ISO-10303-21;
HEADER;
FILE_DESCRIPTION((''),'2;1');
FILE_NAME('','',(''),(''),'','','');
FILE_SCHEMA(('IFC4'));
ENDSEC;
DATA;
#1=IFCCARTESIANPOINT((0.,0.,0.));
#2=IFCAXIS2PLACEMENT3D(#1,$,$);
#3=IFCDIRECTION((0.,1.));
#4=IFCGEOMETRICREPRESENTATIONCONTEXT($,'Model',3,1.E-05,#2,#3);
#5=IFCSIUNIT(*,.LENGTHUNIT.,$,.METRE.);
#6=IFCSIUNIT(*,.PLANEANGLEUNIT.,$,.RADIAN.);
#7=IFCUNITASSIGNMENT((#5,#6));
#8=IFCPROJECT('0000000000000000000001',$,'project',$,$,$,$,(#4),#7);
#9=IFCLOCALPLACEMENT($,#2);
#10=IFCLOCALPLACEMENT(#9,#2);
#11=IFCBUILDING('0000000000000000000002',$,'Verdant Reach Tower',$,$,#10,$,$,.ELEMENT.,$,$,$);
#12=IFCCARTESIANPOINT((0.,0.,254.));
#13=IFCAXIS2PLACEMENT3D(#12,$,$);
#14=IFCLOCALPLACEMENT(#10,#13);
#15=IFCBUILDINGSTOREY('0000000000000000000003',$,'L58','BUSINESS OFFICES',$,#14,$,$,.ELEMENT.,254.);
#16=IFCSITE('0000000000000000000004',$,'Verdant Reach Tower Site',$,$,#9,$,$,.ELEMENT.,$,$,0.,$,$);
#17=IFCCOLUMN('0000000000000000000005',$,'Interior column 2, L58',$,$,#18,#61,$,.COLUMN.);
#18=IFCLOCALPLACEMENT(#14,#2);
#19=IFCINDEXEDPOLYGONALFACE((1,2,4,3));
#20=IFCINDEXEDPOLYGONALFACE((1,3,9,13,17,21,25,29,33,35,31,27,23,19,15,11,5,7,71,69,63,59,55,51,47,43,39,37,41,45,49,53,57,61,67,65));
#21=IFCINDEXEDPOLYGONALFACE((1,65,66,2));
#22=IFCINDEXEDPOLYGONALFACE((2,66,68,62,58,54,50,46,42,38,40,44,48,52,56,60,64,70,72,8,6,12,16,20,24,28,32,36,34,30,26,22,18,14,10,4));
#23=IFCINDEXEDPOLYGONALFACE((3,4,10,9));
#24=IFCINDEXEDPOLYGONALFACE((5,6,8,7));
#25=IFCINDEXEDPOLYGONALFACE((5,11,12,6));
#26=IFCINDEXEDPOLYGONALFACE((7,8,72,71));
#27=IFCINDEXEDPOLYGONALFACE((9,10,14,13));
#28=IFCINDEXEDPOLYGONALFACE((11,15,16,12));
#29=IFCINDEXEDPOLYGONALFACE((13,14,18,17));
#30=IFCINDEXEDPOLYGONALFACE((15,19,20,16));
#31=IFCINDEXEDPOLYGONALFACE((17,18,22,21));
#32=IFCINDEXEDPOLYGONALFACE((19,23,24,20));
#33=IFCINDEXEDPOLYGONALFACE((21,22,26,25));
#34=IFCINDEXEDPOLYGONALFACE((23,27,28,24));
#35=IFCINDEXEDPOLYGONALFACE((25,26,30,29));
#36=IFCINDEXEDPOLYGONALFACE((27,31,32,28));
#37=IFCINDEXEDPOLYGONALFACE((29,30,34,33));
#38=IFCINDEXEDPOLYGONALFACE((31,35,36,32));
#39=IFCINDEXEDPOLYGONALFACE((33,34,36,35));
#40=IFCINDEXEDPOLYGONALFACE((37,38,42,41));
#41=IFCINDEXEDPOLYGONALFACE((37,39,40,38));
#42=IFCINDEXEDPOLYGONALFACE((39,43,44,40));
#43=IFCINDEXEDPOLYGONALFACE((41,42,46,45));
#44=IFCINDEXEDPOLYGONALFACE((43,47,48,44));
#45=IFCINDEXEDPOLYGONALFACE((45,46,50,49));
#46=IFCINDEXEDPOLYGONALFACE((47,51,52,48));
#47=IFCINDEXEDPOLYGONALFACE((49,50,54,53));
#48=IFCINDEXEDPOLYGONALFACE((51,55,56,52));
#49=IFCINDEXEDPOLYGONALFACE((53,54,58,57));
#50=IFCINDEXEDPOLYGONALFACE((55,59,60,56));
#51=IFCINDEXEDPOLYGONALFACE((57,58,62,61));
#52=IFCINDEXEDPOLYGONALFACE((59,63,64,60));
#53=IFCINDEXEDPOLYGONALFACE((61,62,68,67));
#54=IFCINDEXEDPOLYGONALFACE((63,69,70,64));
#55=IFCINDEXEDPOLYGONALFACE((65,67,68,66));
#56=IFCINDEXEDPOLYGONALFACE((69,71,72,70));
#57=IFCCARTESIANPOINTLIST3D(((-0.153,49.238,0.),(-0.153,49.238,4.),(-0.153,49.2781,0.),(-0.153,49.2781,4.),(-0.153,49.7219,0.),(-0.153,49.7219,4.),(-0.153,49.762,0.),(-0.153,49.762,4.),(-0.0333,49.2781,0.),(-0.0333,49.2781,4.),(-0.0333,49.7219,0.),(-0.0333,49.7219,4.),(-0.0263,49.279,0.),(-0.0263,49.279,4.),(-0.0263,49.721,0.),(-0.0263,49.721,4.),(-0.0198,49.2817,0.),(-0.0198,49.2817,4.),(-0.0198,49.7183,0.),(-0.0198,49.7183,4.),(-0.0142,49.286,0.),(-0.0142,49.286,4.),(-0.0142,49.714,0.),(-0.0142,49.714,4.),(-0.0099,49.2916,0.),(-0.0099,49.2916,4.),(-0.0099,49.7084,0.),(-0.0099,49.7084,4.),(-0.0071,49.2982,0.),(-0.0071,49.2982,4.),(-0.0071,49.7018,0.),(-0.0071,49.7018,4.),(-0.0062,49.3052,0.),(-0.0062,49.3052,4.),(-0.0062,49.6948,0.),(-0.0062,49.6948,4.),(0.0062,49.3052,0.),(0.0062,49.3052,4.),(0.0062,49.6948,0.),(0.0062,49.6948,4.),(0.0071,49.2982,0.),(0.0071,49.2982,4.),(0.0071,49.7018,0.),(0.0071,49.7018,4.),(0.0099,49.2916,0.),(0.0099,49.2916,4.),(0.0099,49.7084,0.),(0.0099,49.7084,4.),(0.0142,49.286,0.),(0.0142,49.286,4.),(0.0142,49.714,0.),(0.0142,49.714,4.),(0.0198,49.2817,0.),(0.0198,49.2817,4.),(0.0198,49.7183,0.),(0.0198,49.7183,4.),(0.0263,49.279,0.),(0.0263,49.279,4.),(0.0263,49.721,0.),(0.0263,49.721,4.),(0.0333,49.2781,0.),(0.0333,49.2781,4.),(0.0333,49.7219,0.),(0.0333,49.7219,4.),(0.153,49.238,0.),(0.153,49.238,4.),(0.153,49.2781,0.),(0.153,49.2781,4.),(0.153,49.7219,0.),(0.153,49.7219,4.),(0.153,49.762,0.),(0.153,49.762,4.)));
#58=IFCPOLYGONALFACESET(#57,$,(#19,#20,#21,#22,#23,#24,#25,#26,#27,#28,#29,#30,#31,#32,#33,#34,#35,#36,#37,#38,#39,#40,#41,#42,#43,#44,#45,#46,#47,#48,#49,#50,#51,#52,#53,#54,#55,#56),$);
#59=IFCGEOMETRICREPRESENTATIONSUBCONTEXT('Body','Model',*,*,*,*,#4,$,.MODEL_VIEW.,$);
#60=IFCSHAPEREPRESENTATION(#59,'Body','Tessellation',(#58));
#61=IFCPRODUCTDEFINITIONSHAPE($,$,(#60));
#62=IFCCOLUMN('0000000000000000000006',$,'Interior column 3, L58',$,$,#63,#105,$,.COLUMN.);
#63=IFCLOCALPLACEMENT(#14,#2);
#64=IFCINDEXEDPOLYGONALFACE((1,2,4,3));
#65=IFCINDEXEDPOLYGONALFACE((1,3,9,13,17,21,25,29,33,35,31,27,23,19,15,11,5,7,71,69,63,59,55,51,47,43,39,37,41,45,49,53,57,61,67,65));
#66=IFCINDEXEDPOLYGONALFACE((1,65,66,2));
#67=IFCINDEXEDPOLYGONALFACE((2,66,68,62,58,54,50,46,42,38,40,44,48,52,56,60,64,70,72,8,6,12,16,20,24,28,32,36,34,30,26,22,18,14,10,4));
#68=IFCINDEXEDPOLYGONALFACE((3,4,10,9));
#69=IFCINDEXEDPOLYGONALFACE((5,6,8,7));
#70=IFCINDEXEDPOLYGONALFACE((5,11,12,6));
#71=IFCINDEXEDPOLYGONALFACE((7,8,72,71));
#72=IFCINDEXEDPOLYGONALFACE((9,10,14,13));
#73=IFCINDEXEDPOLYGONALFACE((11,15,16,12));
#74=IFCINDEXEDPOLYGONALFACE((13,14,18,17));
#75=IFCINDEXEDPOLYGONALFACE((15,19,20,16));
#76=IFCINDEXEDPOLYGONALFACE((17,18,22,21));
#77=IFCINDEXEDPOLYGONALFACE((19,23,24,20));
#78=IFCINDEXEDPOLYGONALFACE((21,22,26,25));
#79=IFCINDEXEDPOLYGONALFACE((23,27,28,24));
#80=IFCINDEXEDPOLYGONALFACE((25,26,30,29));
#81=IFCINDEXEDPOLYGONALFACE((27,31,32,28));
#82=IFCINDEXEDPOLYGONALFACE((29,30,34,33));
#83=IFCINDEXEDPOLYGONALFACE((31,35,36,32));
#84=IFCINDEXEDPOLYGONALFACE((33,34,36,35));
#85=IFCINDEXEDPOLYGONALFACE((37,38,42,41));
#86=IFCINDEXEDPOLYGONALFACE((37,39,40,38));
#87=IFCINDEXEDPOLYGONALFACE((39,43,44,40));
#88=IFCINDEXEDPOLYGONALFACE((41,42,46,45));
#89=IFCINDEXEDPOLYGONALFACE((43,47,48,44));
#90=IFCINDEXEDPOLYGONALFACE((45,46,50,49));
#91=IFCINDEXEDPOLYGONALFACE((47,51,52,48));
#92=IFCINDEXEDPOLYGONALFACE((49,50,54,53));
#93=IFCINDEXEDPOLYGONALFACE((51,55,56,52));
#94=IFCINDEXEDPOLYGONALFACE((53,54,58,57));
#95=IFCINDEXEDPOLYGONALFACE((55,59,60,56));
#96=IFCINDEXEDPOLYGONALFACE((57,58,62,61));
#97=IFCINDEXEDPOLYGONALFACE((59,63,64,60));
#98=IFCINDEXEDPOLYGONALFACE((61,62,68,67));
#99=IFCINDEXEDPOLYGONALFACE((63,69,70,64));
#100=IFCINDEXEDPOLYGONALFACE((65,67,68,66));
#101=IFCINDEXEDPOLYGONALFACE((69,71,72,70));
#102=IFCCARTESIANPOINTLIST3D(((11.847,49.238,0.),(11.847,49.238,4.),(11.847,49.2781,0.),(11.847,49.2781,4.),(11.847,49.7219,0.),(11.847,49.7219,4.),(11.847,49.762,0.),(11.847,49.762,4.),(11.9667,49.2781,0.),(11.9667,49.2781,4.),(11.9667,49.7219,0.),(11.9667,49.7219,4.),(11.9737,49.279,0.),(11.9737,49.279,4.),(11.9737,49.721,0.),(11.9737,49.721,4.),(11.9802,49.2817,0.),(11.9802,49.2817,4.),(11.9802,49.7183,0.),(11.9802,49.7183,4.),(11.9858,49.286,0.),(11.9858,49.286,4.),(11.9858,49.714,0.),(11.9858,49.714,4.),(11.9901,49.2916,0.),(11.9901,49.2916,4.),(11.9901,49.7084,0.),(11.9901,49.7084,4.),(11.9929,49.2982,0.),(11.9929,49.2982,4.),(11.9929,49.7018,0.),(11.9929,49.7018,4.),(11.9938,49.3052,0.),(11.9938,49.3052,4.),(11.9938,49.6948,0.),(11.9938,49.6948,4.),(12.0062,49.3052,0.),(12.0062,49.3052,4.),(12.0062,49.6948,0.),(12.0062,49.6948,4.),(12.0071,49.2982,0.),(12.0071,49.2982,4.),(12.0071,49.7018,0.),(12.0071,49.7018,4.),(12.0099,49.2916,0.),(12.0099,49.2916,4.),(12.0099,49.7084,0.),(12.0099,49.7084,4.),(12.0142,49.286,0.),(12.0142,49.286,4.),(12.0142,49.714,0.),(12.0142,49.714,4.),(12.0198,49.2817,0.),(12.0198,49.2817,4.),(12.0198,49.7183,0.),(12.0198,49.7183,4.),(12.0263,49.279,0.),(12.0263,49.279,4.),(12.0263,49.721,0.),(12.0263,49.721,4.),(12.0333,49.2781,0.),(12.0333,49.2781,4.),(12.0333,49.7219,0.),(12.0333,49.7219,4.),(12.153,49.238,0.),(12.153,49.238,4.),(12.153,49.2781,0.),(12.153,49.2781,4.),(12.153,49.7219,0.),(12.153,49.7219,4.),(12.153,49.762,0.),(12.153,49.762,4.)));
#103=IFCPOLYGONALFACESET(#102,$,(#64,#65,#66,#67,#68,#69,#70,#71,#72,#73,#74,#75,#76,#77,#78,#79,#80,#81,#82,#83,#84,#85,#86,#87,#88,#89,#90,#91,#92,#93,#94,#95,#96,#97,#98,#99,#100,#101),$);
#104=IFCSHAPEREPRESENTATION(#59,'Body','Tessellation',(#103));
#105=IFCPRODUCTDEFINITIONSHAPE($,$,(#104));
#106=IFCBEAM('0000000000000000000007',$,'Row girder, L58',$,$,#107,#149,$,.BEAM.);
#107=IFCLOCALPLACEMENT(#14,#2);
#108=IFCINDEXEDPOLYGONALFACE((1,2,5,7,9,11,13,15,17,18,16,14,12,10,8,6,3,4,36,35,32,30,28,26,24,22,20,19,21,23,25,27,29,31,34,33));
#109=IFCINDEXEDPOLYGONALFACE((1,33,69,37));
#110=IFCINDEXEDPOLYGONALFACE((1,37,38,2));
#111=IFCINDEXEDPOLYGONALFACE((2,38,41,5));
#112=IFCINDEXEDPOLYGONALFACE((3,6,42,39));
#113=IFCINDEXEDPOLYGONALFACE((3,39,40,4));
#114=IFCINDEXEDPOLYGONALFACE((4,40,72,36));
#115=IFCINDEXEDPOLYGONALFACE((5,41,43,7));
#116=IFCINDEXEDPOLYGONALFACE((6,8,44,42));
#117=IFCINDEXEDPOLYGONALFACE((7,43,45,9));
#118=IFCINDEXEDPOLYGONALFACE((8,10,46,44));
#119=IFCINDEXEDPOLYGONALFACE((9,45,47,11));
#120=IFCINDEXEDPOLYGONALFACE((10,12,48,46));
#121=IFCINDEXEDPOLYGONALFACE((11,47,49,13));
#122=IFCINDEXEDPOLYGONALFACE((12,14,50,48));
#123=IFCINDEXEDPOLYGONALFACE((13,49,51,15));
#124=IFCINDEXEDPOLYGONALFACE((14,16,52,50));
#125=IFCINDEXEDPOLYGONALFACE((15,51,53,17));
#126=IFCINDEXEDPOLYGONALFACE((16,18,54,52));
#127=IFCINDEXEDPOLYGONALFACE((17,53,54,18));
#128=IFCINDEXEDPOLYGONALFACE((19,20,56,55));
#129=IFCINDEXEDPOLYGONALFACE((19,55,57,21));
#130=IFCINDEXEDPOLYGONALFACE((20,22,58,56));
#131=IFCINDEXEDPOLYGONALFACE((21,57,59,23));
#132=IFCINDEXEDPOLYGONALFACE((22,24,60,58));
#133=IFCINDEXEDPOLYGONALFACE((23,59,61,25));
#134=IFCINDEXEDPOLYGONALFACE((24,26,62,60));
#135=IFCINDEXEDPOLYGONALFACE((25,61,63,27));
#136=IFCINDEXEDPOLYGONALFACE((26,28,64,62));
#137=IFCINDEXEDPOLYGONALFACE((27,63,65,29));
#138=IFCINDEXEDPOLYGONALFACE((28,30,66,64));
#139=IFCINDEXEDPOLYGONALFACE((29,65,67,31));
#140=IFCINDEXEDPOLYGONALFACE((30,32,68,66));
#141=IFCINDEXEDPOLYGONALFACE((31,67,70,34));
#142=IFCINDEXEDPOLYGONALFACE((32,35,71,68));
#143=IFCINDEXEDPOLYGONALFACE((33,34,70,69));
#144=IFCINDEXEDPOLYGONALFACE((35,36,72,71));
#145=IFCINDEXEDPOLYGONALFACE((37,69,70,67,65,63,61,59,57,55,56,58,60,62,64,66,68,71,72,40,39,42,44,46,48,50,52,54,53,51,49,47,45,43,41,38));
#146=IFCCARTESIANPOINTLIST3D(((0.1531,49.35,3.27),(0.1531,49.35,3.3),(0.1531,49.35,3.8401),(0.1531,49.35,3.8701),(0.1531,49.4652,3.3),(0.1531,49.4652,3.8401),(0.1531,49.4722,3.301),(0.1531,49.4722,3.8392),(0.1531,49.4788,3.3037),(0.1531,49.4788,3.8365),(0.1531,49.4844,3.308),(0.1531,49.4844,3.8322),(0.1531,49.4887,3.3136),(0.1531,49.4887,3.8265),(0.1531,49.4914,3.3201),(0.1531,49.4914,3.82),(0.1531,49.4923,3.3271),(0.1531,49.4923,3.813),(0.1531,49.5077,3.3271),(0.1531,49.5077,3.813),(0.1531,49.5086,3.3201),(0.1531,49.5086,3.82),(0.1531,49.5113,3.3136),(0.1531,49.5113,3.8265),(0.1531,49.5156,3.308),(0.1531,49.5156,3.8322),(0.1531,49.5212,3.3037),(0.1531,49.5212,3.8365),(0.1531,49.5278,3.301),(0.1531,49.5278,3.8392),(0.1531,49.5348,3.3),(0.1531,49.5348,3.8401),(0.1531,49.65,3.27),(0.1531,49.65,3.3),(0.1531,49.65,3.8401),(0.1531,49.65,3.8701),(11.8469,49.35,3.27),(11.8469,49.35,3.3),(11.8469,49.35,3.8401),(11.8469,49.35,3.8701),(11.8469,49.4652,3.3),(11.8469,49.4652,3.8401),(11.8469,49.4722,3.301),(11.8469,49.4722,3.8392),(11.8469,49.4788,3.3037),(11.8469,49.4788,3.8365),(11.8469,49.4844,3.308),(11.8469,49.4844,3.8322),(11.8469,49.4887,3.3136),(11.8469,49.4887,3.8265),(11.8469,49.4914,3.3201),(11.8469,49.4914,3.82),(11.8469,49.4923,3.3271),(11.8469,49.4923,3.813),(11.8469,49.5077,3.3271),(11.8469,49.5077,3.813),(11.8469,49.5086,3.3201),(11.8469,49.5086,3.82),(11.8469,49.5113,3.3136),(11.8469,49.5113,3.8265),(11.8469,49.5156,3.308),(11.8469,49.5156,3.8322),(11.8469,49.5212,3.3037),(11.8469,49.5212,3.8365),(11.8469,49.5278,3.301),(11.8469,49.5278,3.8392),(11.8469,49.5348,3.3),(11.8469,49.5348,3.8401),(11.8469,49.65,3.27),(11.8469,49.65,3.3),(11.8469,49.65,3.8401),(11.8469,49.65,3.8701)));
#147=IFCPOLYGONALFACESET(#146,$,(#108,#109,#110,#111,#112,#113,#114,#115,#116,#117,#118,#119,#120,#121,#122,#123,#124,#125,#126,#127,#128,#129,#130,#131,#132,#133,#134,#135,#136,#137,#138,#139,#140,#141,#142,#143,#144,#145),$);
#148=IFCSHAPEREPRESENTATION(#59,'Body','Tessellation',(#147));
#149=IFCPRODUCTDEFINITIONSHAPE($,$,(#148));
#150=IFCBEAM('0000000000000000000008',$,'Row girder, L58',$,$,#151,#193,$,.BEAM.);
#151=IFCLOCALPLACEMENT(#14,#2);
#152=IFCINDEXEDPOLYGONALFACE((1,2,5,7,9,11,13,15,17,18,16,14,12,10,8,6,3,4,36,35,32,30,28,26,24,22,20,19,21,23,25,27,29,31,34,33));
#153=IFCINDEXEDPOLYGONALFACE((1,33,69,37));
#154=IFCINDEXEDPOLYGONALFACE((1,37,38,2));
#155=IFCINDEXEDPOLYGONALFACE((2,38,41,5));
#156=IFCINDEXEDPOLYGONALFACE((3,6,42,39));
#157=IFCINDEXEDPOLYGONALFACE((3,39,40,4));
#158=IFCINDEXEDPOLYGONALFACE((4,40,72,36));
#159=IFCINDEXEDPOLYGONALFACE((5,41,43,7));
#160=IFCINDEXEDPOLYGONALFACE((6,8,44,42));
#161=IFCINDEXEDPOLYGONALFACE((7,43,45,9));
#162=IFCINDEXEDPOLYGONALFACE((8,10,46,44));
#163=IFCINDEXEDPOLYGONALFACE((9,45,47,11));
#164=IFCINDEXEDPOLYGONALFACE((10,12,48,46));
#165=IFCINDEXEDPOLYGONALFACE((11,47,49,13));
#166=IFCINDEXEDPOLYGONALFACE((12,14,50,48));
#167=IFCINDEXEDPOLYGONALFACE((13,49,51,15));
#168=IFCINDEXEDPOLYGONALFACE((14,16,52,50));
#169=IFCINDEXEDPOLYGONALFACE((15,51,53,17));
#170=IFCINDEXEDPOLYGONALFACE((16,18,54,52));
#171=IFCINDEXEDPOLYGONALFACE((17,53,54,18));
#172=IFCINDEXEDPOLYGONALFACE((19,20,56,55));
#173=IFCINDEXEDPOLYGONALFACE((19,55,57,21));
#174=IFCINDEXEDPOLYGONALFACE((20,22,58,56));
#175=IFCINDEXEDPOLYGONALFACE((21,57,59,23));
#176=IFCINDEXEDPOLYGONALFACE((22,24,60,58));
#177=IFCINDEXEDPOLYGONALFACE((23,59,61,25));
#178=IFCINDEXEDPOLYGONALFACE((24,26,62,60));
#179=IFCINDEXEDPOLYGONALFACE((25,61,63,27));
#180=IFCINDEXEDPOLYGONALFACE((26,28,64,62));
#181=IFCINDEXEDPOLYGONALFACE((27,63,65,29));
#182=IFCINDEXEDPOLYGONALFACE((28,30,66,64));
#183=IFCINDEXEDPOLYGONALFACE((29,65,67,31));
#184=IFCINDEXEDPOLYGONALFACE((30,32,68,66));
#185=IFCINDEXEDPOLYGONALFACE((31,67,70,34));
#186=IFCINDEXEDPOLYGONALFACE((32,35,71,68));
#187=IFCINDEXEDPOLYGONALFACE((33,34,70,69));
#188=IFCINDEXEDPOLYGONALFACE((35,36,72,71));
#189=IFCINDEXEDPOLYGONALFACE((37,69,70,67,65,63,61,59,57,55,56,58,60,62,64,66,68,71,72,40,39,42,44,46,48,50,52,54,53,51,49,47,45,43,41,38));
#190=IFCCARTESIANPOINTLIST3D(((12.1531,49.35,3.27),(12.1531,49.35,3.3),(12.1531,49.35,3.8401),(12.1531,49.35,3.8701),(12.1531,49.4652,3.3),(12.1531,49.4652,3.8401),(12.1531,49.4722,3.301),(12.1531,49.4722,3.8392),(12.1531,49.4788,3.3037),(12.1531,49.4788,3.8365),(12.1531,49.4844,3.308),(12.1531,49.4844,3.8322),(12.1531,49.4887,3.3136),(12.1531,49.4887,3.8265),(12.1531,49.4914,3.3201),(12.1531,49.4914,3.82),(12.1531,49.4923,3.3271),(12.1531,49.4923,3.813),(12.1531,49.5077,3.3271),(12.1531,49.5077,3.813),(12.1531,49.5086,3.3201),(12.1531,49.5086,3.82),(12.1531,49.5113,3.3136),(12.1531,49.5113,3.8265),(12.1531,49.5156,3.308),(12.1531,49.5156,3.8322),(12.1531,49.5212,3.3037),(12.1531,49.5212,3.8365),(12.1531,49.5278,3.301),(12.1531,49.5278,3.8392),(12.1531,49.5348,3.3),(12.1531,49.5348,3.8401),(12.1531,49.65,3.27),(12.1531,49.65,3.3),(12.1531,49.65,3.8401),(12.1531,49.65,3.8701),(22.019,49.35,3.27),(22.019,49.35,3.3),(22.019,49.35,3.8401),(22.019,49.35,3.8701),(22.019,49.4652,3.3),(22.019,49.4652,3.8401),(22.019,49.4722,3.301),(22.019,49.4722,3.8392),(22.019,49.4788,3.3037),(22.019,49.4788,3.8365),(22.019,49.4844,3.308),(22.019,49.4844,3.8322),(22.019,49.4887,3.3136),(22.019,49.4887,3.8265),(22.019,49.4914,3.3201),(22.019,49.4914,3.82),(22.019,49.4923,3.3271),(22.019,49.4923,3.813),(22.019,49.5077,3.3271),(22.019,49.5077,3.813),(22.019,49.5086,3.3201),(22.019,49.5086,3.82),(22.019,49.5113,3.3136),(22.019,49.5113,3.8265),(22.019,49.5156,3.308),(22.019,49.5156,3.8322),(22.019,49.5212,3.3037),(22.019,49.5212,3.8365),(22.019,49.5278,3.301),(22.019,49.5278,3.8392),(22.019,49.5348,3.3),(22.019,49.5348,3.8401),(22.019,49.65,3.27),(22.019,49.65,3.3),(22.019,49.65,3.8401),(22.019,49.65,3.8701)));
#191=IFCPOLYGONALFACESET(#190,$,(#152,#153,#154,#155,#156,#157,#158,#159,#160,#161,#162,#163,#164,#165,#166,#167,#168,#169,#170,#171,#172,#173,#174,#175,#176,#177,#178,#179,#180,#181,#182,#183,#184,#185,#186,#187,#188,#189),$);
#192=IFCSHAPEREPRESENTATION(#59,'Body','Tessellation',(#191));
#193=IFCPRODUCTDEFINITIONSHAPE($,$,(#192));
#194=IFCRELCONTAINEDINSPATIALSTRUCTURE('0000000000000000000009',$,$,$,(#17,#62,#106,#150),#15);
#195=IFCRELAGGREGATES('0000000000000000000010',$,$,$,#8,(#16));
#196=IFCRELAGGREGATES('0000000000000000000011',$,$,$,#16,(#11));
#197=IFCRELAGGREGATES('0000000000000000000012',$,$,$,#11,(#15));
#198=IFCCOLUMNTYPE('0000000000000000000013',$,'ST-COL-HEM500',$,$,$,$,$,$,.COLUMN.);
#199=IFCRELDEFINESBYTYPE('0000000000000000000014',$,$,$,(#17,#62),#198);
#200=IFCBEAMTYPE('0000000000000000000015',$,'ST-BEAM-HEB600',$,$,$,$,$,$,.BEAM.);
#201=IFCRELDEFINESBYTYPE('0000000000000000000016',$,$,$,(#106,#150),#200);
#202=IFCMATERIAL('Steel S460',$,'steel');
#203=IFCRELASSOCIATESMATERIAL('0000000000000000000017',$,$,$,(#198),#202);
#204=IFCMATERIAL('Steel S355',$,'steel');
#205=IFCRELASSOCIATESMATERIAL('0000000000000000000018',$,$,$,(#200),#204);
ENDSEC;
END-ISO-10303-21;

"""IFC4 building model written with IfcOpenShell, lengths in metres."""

from ifc_helpers import new_model, si_unit, direction, frame, origin, origin_2d, place, context, subcontext, project, spatial, i_section, extrude, material, material_profile, profile_set, type_object, element, save


model = new_model("IFC4")

# Units and contexts
model_context = context("Model", 3, precision=1e-05, world=origin(), true_north=direction((0.0, 1.0)))
body_context = subcontext(model_context, "Body", "Model", "MODEL_VIEW")
ifc_project = project(units=[si_unit("LENGTHUNIT", "METRE"), si_unit("PLANEANGLEUNIT", "RADIAN")], contexts=[model_context])

# Site, building, storey
site_placement = place(None, origin())
site = spatial("IfcSite", under=ifc_project, at=site_placement, Name="Verdant Reach Tower Site", CompositionType="ELEMENT", RefElevation=0.0)
building_placement = place(site_placement, origin())
building = spatial("IfcBuilding", under=site, at=building_placement, Name="Verdant Reach Tower", CompositionType="ELEMENT")
storey_placement = place(building_placement, frame((0.0, 0.0, 254.0)))
storey = spatial("IfcBuildingStorey", under=building, at=storey_placement, Name="L58", Description="BUSINESS OFFICES", CompositionType="ELEMENT", Elevation=254.0)

# Columns
ifc_material_1 = material(Name="Steel S460", Category="steel")
ifc_material_profile_1 = material_profile(ifc_material_1, i_section(OverallWidth=0.3059, OverallDepth=0.5239, WebThickness=0.0125, FlangeThickness=0.04, FilletRadius=0.0271, at=origin_2d()), Name="HEM 500")
ifc_profile_set_1 = profile_set([ifc_material_profile_1], Name="Steel S460")
column_type = type_object("IfcColumnType", Name="ST-COL-HEM500", PredefinedType="COLUMN", material=ifc_profile_set_1)
for number, where, z_axis, x_axis, name in (
    (1, (0.0, 49.5, 0.0), (0.0, 0.0, 1.0), (1.0, 0.0, 0.0), "Interior column 2, L58"),
    (2, (12.0, 49.5, 0.0), (0.0, 0.0, 1.0), (1.0, 0.0, 0.0), "Interior column 3, L58"),
):
    element("IfcColumn", number, at=place(storey_placement, frame(where, z_axis=z_axis, x_axis=x_axis)), inside=storey, type_object=column_type, Name=name, PredefinedType="COLUMN", context=body_context, shape_type="SweptSolid", body=[
        extrude(i_section(OverallWidth=0.3059, OverallDepth=0.5239, WebThickness=0.0125, FlangeThickness=0.04, FilletRadius=0.0271, at=origin_2d()), origin(), (0.0, 0.0, 1.0), 4.0),
    ])

# Beams
ifc_material_2 = material(Name="Steel S355", Category="steel")
ifc_material_profile_2 = material_profile(ifc_material_2, i_section(OverallWidth=0.3, OverallDepth=0.6001, WebThickness=0.0154, FlangeThickness=0.03, FilletRadius=0.0271, at=origin_2d()), Name="HEB 600")
ifc_profile_set_2 = profile_set([ifc_material_profile_2], Name="Steel S355")
beam_type_1 = type_object("IfcBeamType", Name="ST-BEAM-HEB600", PredefinedType="BEAM", material=ifc_profile_set_2)
beam_1_placement = place(storey_placement, frame((0.1531, 49.5, 3.5701), z_axis=(1.0, 0.0, 0.0), x_axis=(0.0, 1.0, 0.0)))
element("IfcBeam", 3, at=beam_1_placement, inside=storey, type_object=beam_type_1, Name="Row girder, L58", PredefinedType="BEAM", context=body_context, shape_type="SweptSolid", body=[
    extrude(i_section(OverallWidth=0.3, OverallDepth=0.6001, WebThickness=0.0154, FlangeThickness=0.03, FilletRadius=0.0271, at=origin_2d()), origin(), (0.0, 0.0, 1.0), 11.6938),
])
beam_2_placement = place(storey_placement, frame((12.1531, 49.5, 3.5701), z_axis=(1.0, 0.0, 0.0), x_axis=(0.0, 1.0, 0.0)))
element("IfcBeam", 4, at=beam_2_placement, inside=storey, type_object=beam_type_1, Name="Row girder, L58", PredefinedType="BEAM", context=body_context, shape_type="SweptSolid", body=[
    extrude(i_section(OverallWidth=0.3, OverallDepth=0.6001, WebThickness=0.0154, FlangeThickness=0.03, FilletRadius=0.0271, at=origin_2d()), origin(), (0.0, 0.0, 1.0), 9.866),
])

save(model, "model.ifc")
